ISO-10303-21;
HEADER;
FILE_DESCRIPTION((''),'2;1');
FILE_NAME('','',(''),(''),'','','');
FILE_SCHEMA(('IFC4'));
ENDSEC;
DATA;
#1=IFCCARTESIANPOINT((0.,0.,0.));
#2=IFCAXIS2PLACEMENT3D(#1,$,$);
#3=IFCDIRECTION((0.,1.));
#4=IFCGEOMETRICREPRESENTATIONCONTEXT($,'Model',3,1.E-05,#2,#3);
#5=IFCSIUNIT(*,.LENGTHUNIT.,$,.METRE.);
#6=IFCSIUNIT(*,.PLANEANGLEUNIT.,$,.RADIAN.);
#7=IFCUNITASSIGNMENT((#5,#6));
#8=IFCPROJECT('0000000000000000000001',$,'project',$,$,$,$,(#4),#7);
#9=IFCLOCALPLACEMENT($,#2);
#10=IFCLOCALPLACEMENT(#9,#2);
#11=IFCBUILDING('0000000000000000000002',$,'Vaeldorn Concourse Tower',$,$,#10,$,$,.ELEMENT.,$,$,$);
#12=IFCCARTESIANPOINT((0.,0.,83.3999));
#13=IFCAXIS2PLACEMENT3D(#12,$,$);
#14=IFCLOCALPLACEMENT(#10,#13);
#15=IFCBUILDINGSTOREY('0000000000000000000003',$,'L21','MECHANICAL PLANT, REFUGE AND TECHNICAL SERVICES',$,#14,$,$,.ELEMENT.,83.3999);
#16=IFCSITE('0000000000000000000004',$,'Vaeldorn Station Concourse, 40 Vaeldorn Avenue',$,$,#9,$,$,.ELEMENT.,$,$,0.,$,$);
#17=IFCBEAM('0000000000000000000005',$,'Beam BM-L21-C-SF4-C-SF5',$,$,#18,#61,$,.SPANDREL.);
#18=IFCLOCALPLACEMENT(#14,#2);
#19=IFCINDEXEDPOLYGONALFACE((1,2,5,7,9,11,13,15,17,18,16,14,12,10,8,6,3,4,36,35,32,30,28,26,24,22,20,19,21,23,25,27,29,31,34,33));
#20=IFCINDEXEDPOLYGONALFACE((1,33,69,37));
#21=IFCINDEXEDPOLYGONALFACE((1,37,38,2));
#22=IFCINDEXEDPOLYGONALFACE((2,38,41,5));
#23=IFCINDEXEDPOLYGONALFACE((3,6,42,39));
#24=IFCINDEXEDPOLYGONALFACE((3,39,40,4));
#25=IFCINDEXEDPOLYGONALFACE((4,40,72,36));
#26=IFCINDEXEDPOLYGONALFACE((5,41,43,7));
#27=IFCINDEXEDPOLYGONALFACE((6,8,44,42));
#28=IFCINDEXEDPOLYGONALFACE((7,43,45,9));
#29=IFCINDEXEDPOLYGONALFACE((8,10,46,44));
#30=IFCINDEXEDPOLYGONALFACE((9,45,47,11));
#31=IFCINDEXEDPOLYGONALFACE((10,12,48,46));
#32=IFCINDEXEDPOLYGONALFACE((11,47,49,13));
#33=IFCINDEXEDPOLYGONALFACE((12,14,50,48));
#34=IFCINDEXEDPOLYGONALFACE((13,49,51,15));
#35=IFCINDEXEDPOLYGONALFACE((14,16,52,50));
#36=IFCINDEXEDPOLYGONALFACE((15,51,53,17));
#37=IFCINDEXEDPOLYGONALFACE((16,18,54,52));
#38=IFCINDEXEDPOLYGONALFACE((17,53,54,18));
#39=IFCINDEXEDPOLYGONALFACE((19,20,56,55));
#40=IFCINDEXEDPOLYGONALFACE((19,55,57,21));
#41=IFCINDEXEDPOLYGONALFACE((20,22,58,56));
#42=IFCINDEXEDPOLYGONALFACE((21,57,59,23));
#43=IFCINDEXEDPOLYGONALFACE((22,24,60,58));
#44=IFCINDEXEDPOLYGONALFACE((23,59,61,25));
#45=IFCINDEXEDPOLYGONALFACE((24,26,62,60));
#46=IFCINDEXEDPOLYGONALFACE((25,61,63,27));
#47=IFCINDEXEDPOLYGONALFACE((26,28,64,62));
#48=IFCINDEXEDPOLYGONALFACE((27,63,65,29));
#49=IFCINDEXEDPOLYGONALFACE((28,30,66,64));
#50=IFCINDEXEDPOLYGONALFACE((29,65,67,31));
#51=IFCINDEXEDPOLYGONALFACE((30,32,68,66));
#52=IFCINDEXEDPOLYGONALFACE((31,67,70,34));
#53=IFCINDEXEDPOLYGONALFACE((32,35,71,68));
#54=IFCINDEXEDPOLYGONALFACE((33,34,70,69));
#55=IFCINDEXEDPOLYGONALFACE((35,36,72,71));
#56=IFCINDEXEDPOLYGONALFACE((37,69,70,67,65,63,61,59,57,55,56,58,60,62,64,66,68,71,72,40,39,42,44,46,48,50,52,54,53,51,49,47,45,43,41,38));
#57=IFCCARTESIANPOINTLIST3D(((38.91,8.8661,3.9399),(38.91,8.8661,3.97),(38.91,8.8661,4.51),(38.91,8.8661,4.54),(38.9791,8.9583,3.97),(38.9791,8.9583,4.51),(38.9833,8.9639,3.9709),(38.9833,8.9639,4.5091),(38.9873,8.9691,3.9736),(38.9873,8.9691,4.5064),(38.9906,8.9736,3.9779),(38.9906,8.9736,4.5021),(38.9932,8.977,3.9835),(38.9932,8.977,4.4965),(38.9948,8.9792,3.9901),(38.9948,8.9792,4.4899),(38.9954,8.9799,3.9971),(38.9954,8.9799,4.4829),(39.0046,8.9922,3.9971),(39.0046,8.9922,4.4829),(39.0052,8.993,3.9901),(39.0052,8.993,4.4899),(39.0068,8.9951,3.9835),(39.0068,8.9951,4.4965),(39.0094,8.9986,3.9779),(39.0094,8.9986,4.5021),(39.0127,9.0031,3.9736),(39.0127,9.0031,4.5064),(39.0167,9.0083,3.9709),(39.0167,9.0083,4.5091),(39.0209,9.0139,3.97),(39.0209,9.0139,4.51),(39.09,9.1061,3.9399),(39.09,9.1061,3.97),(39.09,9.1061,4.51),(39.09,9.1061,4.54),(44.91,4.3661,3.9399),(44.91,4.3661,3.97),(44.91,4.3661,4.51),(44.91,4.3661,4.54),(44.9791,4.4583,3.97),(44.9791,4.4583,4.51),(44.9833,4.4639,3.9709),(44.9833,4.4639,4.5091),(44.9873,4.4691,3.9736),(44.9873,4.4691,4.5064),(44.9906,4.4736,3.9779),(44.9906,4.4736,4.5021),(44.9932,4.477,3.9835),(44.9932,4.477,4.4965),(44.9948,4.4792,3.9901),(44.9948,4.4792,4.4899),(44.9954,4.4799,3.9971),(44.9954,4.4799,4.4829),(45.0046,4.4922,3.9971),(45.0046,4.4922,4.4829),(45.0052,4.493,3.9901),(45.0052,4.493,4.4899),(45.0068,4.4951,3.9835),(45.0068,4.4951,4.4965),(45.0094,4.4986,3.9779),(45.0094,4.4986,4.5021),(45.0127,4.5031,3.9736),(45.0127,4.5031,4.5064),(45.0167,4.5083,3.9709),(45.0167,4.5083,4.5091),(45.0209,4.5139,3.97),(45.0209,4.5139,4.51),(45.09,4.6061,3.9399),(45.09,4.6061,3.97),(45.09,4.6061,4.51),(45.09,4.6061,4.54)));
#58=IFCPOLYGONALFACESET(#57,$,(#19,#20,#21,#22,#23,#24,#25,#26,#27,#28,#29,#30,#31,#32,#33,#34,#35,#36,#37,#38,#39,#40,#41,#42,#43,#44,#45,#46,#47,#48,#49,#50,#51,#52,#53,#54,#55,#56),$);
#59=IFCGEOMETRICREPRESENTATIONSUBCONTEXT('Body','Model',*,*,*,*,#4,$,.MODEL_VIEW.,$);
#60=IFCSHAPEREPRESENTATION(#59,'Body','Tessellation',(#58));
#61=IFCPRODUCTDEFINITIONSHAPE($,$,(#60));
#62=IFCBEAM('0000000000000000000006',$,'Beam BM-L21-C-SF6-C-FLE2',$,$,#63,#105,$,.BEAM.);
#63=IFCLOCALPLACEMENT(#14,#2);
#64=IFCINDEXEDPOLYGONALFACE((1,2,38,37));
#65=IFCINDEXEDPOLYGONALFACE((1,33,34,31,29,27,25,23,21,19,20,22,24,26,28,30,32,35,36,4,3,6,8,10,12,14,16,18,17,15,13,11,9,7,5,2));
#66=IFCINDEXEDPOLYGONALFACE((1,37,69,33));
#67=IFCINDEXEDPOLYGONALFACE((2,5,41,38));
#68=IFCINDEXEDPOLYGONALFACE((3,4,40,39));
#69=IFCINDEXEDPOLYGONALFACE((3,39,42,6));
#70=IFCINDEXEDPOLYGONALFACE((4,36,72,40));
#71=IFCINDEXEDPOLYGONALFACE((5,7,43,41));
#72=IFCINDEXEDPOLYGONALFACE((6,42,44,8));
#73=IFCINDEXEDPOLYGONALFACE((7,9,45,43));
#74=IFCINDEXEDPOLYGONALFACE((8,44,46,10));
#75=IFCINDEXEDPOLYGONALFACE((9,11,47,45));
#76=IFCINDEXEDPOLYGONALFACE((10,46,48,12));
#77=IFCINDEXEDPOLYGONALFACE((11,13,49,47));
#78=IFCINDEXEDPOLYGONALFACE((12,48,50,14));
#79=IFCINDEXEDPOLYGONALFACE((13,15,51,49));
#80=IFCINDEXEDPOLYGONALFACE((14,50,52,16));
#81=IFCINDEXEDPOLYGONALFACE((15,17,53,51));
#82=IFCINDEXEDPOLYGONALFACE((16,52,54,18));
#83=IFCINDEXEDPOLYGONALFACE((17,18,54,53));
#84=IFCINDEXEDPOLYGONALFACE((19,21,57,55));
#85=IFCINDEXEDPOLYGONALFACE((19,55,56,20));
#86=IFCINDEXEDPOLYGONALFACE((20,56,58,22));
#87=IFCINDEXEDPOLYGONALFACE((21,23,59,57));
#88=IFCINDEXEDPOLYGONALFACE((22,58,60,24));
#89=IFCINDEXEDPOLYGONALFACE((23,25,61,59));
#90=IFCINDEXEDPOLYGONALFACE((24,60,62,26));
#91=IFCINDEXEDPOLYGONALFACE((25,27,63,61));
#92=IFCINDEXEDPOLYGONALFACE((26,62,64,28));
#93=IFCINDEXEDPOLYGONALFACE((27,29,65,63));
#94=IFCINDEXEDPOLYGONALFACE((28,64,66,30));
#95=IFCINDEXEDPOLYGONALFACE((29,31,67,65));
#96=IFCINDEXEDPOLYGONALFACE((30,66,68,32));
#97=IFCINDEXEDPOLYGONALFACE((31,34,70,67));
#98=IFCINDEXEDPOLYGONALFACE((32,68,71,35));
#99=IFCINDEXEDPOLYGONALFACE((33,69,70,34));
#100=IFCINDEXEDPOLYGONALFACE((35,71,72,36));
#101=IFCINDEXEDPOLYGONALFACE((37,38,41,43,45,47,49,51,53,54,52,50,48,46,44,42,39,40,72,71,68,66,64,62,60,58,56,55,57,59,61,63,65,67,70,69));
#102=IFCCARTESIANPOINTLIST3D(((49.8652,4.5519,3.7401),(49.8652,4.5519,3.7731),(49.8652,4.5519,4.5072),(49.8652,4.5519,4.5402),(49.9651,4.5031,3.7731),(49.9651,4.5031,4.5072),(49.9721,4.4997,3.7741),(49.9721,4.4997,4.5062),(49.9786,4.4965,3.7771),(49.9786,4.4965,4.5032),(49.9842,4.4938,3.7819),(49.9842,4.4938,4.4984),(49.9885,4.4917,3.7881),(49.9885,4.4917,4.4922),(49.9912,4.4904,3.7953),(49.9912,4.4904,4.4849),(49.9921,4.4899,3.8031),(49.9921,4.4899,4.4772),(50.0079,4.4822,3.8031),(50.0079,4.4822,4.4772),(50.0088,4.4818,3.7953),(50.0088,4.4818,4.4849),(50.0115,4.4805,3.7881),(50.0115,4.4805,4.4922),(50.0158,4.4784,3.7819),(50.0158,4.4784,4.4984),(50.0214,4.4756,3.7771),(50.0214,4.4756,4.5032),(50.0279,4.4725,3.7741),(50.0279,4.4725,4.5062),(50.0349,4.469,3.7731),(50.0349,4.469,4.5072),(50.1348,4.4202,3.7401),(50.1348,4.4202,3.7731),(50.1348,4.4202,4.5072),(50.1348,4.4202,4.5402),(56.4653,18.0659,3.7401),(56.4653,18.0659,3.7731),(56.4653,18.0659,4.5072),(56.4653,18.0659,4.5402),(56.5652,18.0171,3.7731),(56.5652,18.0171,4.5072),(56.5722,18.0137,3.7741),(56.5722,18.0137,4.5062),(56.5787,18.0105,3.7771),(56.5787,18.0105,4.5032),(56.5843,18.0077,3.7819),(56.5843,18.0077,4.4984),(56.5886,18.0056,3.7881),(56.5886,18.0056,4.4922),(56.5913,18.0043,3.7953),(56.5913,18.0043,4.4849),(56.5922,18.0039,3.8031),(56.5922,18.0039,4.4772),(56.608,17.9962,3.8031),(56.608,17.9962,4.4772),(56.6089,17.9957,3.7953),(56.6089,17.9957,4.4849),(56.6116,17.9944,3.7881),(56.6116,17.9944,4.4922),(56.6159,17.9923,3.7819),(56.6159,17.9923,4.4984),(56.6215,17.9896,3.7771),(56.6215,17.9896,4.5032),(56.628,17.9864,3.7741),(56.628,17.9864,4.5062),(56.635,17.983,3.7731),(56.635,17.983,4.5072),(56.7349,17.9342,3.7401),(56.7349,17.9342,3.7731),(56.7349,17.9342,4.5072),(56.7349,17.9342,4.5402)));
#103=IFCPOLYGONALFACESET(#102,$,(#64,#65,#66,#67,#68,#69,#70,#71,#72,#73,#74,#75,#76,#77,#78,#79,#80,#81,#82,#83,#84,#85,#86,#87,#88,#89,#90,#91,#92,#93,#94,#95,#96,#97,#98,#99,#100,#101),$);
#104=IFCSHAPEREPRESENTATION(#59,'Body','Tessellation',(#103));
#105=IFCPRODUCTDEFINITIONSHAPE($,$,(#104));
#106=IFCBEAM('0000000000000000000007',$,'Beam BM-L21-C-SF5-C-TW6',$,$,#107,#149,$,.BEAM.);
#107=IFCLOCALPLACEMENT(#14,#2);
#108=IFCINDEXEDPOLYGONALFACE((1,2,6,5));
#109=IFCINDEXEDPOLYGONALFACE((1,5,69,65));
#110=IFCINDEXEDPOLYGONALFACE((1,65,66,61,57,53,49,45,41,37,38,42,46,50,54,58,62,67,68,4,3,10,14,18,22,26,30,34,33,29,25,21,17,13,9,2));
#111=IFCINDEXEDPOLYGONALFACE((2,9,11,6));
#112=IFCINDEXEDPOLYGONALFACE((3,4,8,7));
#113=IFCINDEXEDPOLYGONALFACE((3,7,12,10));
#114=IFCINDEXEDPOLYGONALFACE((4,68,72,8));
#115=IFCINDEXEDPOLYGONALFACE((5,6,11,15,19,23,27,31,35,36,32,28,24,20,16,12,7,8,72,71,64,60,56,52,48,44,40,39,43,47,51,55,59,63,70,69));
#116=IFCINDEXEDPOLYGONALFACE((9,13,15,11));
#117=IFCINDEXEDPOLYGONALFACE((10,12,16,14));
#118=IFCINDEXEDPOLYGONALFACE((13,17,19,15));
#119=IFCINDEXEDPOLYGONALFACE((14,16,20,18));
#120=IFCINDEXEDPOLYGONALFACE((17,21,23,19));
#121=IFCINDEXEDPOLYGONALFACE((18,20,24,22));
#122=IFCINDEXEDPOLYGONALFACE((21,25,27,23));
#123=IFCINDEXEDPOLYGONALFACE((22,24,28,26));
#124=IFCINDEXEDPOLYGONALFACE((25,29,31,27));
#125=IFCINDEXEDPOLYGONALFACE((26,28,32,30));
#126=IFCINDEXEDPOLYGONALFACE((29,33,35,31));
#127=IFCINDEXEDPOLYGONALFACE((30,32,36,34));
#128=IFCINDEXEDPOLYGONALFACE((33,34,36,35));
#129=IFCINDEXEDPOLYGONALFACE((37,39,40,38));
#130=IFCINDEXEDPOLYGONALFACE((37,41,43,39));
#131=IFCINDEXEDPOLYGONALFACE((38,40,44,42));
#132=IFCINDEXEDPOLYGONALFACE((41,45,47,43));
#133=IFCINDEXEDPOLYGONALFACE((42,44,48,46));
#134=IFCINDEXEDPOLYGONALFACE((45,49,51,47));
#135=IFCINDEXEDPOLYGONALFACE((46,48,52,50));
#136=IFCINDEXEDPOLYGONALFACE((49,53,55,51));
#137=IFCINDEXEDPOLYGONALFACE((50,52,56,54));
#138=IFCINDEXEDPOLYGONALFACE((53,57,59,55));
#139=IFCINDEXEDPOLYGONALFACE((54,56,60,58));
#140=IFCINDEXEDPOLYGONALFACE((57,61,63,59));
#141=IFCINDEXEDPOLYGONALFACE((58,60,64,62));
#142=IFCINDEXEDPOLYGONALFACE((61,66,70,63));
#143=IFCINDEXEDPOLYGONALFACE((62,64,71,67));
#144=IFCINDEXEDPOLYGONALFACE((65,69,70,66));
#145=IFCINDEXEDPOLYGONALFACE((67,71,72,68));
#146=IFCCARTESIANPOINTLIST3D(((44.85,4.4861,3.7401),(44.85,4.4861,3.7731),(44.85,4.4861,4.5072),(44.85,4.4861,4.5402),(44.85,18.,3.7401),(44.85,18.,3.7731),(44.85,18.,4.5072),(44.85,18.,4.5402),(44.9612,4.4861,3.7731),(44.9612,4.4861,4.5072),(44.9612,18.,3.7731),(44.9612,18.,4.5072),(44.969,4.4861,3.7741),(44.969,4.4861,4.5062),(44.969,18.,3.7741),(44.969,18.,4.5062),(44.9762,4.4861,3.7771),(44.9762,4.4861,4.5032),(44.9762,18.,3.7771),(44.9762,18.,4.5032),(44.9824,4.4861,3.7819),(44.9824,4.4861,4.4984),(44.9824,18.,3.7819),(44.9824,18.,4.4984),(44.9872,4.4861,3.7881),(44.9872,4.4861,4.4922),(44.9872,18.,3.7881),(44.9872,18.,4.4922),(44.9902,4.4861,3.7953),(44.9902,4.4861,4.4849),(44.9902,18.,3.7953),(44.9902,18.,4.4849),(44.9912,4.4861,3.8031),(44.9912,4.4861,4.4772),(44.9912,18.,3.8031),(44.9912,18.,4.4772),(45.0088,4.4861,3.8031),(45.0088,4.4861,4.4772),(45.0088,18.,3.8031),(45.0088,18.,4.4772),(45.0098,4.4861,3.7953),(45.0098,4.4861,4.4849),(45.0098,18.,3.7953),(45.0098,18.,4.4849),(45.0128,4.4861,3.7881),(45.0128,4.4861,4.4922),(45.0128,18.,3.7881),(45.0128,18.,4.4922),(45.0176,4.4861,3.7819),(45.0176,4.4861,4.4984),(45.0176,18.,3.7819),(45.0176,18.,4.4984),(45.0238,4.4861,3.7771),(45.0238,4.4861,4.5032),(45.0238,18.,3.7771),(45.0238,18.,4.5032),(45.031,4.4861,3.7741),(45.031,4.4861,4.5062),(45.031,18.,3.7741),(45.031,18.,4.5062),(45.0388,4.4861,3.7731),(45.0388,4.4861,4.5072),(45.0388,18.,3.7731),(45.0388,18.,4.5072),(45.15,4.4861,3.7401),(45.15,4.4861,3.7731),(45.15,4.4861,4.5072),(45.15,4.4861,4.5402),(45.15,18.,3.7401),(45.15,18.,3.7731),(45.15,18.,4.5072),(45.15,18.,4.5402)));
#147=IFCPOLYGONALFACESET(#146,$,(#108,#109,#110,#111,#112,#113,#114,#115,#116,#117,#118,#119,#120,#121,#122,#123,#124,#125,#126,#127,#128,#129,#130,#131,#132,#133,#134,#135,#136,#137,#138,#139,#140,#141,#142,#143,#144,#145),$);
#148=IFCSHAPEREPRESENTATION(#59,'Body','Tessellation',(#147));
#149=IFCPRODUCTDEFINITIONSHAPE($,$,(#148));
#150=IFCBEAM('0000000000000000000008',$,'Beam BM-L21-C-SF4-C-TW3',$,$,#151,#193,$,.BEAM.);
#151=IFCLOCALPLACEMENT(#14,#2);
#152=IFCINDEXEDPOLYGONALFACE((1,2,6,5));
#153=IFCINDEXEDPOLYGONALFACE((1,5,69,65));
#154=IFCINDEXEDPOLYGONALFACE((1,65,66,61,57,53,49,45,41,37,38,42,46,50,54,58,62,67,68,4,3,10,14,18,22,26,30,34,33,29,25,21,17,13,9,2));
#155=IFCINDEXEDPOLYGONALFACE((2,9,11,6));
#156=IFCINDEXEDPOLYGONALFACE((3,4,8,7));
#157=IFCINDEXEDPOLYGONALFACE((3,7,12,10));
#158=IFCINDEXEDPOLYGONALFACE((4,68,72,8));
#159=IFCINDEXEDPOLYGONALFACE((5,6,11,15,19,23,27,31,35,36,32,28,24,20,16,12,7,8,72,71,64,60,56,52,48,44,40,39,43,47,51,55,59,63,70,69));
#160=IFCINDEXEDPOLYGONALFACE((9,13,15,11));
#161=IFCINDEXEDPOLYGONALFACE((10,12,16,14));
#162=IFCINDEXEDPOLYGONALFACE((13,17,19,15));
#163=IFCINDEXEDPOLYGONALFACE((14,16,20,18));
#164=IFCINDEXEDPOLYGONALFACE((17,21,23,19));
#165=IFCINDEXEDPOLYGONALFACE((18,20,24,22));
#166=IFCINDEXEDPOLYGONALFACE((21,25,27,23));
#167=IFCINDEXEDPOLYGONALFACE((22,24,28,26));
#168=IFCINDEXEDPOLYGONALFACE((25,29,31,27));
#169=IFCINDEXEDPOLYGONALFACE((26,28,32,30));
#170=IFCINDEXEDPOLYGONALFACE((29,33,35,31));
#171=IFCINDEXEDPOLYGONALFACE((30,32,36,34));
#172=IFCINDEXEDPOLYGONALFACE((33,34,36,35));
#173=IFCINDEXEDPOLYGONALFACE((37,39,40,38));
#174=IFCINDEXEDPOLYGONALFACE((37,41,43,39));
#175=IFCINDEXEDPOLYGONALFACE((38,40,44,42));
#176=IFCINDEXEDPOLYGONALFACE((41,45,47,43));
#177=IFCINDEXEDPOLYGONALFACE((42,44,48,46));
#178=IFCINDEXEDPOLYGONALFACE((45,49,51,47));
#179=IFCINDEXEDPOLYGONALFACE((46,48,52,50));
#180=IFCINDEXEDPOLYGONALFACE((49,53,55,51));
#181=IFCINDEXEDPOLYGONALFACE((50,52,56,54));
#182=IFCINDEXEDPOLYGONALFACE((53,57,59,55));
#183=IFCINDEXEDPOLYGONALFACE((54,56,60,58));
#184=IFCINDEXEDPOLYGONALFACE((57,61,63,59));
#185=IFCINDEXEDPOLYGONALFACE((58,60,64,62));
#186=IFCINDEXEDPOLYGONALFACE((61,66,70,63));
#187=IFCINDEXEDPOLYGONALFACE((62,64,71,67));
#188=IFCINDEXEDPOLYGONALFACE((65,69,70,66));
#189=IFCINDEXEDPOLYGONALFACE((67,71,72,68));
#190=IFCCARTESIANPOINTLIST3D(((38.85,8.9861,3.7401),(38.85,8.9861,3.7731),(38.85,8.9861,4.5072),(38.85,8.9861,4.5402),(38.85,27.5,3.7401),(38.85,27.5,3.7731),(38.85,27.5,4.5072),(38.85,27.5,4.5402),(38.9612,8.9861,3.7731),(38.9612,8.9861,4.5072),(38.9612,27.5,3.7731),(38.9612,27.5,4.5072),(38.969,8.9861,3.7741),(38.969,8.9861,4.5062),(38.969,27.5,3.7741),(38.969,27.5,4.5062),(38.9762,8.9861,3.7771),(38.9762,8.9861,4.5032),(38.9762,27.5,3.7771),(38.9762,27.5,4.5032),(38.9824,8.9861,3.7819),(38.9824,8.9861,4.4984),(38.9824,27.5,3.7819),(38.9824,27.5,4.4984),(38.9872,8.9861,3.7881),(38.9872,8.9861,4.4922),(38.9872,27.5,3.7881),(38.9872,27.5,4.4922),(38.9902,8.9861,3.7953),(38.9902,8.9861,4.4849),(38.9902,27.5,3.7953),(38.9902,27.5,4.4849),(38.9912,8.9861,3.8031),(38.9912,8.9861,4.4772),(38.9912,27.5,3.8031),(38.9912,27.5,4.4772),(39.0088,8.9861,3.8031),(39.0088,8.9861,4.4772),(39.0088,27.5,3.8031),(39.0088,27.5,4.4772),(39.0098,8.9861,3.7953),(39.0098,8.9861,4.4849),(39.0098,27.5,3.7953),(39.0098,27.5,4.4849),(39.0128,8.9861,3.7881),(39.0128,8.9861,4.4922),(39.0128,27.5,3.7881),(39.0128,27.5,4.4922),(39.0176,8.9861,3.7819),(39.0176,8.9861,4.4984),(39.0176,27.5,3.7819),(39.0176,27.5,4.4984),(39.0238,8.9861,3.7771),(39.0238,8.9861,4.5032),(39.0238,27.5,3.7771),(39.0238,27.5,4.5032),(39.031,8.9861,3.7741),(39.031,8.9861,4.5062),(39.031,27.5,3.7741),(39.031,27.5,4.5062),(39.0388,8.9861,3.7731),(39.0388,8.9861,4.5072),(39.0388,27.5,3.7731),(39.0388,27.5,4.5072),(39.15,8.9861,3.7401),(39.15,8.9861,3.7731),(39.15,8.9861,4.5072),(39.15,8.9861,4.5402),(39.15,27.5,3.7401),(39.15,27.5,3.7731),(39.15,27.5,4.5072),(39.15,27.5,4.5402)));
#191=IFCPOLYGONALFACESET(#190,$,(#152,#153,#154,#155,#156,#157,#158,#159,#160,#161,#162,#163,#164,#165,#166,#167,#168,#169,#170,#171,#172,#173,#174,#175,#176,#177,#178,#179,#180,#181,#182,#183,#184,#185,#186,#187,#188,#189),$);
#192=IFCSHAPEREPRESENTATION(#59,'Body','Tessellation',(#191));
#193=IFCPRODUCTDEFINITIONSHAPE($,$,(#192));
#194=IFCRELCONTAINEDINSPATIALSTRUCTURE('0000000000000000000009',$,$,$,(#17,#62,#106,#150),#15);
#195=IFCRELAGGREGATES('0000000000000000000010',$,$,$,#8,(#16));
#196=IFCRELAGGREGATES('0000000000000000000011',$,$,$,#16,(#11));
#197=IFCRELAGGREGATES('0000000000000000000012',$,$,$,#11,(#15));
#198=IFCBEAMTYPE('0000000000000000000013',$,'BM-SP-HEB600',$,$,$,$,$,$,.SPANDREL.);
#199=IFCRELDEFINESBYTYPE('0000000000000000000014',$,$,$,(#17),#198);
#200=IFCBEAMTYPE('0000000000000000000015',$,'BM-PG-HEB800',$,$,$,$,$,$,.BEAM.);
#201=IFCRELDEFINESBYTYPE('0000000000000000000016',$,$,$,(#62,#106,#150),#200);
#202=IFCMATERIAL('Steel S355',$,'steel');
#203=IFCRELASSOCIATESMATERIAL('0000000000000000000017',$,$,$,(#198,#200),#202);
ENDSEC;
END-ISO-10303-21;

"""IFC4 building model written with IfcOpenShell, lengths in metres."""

from ifc_helpers import new_model, si_unit, direction, frame, origin, origin_2d, place, context, subcontext, project, spatial, i_section, extrude, source, transform, mapped, material, material_profile, profile_set, type_object, element, save


model = new_model("IFC4")

# Units and contexts
model_context = context("Model", 3, precision=1e-05, world=origin(), true_north=direction((0.0, 1.0)))
body_context = subcontext(model_context, "Body", "Model", "MODEL_VIEW")
ifc_project = project(units=[si_unit("LENGTHUNIT", "METRE"), si_unit("PLANEANGLEUNIT", "RADIAN")], contexts=[model_context])

# Site, building, storey
site_placement = place(None, origin())
site = spatial("IfcSite", under=ifc_project, at=site_placement, Name="Vaeldorn Station Concourse, 40 Vaeldorn Avenue", CompositionType="ELEMENT", RefElevation=0.0)
building_placement = place(site_placement, origin())
building = spatial("IfcBuilding", under=site, at=building_placement, Name="Vaeldorn Concourse Tower", CompositionType="ELEMENT")
storey_placement = place(building_placement, frame((0.0, 0.0, 83.3999)))
storey = spatial("IfcBuildingStorey", under=building, at=storey_placement, Name="L21", Description="MECHANICAL PLANT, REFUGE AND TECHNICAL SERVICES", CompositionType="ELEMENT", Elevation=83.3999)

# Beams
ifc_material_1 = material(Name="Steel S355", Category="steel")
ifc_material_profile_1 = material_profile(ifc_material_1, i_section(OverallWidth=0.3, OverallDepth=0.6001, WebThickness=0.0154, FlangeThickness=0.03, FilletRadius=0.0271, at=origin_2d()), Name="HEB 600")
ifc_profile_set_1 = profile_set([ifc_material_profile_1], Name="Steel S355")
beam_type_1 = type_object("IfcBeamType", Name="BM-SP-HEB600", PredefinedType="SPANDREL", material=ifc_profile_set_1)
shared_shape_1 = source(origin(), body_context, "Body", "SweptSolid", [
    extrude(i_section(OverallWidth=0.3, OverallDepth=0.6001, WebThickness=0.0154, FlangeThickness=0.03, FilletRadius=0.0271, at=origin_2d()), origin(), (0.0, 0.0, 1.0), 7.5),
])
beam_1_placement = place(storey_placement, frame((39.0, 8.9861, 4.24), z_axis=(0.8, -0.6, 0.0), x_axis=(0.6, 0.8, 0.0)))
element("IfcBeam", 1, at=beam_1_placement, inside=storey, type_object=beam_type_1, Name="Beam BM-L21-C-SF4-C-SF5", PredefinedType="SPANDREL", context=body_context, shape_type="MappedRepresentation", body=[
    mapped(shared_shape_1, transform((0.0, 0.0, 0.0), scale=1.0)),
])
ifc_material_profile_2 = material_profile(ifc_material_1, i_section(OverallWidth=0.3, OverallDepth=0.8, WebThickness=0.0176, FlangeThickness=0.033, FilletRadius=0.03, at=origin_2d()), Name="HEB 800")
ifc_profile_set_2 = profile_set([ifc_material_profile_2], Name="Steel S355")
beam_type_2 = type_object("IfcBeamType", Name="BM-PG-HEB800", PredefinedType="BEAM", material=ifc_profile_set_2)
shared_shape_2 = source(origin(), body_context, "Body", "SweptSolid", [
    extrude(i_section(OverallWidth=0.3, OverallDepth=0.8, WebThickness=0.0176, FlangeThickness=0.033, FilletRadius=0.03, at=origin_2d()), origin(), (0.0, 0.0, 1.0), 15.0396),
])
beam_2_placement = place(storey_placement, frame((50.0, 4.4861, 4.1401), z_axis=(0.43885, 0.89856, 0.0), x_axis=(-0.89856, 0.43885, 0.0)))
element("IfcBeam", 2, at=beam_2_placement, inside=storey, type_object=beam_type_2, Name="Beam BM-L21-C-SF6-C-FLE2", PredefinedType="BEAM", context=body_context, shape_type="MappedRepresentation", body=[
    mapped(shared_shape_2, transform((0.0, 0.0, 0.0), scale=1.0)),
])
shared_shape_3 = source(origin(), body_context, "Body", "SweptSolid", [
    extrude(i_section(OverallWidth=0.3, OverallDepth=0.8, WebThickness=0.0176, FlangeThickness=0.033, FilletRadius=0.03, at=origin_2d()), origin(), (0.0, 0.0, 1.0), 13.5139),
])
beam_3_placement = place(storey_placement, frame((45.0, 4.4861, 4.1401), z_axis=(0.0, 1.0, 0.0), x_axis=(-1.0, 0.0, 0.0)))
element("IfcBeam", 3, at=beam_3_placement, inside=storey, type_object=beam_type_2, Name="Beam BM-L21-C-SF5-C-TW6", PredefinedType="BEAM", context=body_context, shape_type="MappedRepresentation", body=[
    mapped(shared_shape_3, transform((0.0, 0.0, 0.0), scale=1.0)),
])
shared_shape_4 = source(origin(), body_context, "Body", "SweptSolid", [
    extrude(i_section(OverallWidth=0.3, OverallDepth=0.8, WebThickness=0.0176, FlangeThickness=0.033, FilletRadius=0.03, at=origin_2d()), origin(), (0.0, 0.0, 1.0), 18.5139),
])
beam_4_placement = place(storey_placement, frame((39.0, 8.9861, 4.1401), z_axis=(0.0, 1.0, 0.0), x_axis=(-1.0, 0.0, 0.0)))
element("IfcBeam", 4, at=beam_4_placement, inside=storey, type_object=beam_type_2, Name="Beam BM-L21-C-SF4-C-TW3", PredefinedType="BEAM", context=body_context, shape_type="MappedRepresentation", body=[
    mapped(shared_shape_4, transform((0.0, 0.0, 0.0), scale=1.0)),
])

save(model, "model.ifc")
